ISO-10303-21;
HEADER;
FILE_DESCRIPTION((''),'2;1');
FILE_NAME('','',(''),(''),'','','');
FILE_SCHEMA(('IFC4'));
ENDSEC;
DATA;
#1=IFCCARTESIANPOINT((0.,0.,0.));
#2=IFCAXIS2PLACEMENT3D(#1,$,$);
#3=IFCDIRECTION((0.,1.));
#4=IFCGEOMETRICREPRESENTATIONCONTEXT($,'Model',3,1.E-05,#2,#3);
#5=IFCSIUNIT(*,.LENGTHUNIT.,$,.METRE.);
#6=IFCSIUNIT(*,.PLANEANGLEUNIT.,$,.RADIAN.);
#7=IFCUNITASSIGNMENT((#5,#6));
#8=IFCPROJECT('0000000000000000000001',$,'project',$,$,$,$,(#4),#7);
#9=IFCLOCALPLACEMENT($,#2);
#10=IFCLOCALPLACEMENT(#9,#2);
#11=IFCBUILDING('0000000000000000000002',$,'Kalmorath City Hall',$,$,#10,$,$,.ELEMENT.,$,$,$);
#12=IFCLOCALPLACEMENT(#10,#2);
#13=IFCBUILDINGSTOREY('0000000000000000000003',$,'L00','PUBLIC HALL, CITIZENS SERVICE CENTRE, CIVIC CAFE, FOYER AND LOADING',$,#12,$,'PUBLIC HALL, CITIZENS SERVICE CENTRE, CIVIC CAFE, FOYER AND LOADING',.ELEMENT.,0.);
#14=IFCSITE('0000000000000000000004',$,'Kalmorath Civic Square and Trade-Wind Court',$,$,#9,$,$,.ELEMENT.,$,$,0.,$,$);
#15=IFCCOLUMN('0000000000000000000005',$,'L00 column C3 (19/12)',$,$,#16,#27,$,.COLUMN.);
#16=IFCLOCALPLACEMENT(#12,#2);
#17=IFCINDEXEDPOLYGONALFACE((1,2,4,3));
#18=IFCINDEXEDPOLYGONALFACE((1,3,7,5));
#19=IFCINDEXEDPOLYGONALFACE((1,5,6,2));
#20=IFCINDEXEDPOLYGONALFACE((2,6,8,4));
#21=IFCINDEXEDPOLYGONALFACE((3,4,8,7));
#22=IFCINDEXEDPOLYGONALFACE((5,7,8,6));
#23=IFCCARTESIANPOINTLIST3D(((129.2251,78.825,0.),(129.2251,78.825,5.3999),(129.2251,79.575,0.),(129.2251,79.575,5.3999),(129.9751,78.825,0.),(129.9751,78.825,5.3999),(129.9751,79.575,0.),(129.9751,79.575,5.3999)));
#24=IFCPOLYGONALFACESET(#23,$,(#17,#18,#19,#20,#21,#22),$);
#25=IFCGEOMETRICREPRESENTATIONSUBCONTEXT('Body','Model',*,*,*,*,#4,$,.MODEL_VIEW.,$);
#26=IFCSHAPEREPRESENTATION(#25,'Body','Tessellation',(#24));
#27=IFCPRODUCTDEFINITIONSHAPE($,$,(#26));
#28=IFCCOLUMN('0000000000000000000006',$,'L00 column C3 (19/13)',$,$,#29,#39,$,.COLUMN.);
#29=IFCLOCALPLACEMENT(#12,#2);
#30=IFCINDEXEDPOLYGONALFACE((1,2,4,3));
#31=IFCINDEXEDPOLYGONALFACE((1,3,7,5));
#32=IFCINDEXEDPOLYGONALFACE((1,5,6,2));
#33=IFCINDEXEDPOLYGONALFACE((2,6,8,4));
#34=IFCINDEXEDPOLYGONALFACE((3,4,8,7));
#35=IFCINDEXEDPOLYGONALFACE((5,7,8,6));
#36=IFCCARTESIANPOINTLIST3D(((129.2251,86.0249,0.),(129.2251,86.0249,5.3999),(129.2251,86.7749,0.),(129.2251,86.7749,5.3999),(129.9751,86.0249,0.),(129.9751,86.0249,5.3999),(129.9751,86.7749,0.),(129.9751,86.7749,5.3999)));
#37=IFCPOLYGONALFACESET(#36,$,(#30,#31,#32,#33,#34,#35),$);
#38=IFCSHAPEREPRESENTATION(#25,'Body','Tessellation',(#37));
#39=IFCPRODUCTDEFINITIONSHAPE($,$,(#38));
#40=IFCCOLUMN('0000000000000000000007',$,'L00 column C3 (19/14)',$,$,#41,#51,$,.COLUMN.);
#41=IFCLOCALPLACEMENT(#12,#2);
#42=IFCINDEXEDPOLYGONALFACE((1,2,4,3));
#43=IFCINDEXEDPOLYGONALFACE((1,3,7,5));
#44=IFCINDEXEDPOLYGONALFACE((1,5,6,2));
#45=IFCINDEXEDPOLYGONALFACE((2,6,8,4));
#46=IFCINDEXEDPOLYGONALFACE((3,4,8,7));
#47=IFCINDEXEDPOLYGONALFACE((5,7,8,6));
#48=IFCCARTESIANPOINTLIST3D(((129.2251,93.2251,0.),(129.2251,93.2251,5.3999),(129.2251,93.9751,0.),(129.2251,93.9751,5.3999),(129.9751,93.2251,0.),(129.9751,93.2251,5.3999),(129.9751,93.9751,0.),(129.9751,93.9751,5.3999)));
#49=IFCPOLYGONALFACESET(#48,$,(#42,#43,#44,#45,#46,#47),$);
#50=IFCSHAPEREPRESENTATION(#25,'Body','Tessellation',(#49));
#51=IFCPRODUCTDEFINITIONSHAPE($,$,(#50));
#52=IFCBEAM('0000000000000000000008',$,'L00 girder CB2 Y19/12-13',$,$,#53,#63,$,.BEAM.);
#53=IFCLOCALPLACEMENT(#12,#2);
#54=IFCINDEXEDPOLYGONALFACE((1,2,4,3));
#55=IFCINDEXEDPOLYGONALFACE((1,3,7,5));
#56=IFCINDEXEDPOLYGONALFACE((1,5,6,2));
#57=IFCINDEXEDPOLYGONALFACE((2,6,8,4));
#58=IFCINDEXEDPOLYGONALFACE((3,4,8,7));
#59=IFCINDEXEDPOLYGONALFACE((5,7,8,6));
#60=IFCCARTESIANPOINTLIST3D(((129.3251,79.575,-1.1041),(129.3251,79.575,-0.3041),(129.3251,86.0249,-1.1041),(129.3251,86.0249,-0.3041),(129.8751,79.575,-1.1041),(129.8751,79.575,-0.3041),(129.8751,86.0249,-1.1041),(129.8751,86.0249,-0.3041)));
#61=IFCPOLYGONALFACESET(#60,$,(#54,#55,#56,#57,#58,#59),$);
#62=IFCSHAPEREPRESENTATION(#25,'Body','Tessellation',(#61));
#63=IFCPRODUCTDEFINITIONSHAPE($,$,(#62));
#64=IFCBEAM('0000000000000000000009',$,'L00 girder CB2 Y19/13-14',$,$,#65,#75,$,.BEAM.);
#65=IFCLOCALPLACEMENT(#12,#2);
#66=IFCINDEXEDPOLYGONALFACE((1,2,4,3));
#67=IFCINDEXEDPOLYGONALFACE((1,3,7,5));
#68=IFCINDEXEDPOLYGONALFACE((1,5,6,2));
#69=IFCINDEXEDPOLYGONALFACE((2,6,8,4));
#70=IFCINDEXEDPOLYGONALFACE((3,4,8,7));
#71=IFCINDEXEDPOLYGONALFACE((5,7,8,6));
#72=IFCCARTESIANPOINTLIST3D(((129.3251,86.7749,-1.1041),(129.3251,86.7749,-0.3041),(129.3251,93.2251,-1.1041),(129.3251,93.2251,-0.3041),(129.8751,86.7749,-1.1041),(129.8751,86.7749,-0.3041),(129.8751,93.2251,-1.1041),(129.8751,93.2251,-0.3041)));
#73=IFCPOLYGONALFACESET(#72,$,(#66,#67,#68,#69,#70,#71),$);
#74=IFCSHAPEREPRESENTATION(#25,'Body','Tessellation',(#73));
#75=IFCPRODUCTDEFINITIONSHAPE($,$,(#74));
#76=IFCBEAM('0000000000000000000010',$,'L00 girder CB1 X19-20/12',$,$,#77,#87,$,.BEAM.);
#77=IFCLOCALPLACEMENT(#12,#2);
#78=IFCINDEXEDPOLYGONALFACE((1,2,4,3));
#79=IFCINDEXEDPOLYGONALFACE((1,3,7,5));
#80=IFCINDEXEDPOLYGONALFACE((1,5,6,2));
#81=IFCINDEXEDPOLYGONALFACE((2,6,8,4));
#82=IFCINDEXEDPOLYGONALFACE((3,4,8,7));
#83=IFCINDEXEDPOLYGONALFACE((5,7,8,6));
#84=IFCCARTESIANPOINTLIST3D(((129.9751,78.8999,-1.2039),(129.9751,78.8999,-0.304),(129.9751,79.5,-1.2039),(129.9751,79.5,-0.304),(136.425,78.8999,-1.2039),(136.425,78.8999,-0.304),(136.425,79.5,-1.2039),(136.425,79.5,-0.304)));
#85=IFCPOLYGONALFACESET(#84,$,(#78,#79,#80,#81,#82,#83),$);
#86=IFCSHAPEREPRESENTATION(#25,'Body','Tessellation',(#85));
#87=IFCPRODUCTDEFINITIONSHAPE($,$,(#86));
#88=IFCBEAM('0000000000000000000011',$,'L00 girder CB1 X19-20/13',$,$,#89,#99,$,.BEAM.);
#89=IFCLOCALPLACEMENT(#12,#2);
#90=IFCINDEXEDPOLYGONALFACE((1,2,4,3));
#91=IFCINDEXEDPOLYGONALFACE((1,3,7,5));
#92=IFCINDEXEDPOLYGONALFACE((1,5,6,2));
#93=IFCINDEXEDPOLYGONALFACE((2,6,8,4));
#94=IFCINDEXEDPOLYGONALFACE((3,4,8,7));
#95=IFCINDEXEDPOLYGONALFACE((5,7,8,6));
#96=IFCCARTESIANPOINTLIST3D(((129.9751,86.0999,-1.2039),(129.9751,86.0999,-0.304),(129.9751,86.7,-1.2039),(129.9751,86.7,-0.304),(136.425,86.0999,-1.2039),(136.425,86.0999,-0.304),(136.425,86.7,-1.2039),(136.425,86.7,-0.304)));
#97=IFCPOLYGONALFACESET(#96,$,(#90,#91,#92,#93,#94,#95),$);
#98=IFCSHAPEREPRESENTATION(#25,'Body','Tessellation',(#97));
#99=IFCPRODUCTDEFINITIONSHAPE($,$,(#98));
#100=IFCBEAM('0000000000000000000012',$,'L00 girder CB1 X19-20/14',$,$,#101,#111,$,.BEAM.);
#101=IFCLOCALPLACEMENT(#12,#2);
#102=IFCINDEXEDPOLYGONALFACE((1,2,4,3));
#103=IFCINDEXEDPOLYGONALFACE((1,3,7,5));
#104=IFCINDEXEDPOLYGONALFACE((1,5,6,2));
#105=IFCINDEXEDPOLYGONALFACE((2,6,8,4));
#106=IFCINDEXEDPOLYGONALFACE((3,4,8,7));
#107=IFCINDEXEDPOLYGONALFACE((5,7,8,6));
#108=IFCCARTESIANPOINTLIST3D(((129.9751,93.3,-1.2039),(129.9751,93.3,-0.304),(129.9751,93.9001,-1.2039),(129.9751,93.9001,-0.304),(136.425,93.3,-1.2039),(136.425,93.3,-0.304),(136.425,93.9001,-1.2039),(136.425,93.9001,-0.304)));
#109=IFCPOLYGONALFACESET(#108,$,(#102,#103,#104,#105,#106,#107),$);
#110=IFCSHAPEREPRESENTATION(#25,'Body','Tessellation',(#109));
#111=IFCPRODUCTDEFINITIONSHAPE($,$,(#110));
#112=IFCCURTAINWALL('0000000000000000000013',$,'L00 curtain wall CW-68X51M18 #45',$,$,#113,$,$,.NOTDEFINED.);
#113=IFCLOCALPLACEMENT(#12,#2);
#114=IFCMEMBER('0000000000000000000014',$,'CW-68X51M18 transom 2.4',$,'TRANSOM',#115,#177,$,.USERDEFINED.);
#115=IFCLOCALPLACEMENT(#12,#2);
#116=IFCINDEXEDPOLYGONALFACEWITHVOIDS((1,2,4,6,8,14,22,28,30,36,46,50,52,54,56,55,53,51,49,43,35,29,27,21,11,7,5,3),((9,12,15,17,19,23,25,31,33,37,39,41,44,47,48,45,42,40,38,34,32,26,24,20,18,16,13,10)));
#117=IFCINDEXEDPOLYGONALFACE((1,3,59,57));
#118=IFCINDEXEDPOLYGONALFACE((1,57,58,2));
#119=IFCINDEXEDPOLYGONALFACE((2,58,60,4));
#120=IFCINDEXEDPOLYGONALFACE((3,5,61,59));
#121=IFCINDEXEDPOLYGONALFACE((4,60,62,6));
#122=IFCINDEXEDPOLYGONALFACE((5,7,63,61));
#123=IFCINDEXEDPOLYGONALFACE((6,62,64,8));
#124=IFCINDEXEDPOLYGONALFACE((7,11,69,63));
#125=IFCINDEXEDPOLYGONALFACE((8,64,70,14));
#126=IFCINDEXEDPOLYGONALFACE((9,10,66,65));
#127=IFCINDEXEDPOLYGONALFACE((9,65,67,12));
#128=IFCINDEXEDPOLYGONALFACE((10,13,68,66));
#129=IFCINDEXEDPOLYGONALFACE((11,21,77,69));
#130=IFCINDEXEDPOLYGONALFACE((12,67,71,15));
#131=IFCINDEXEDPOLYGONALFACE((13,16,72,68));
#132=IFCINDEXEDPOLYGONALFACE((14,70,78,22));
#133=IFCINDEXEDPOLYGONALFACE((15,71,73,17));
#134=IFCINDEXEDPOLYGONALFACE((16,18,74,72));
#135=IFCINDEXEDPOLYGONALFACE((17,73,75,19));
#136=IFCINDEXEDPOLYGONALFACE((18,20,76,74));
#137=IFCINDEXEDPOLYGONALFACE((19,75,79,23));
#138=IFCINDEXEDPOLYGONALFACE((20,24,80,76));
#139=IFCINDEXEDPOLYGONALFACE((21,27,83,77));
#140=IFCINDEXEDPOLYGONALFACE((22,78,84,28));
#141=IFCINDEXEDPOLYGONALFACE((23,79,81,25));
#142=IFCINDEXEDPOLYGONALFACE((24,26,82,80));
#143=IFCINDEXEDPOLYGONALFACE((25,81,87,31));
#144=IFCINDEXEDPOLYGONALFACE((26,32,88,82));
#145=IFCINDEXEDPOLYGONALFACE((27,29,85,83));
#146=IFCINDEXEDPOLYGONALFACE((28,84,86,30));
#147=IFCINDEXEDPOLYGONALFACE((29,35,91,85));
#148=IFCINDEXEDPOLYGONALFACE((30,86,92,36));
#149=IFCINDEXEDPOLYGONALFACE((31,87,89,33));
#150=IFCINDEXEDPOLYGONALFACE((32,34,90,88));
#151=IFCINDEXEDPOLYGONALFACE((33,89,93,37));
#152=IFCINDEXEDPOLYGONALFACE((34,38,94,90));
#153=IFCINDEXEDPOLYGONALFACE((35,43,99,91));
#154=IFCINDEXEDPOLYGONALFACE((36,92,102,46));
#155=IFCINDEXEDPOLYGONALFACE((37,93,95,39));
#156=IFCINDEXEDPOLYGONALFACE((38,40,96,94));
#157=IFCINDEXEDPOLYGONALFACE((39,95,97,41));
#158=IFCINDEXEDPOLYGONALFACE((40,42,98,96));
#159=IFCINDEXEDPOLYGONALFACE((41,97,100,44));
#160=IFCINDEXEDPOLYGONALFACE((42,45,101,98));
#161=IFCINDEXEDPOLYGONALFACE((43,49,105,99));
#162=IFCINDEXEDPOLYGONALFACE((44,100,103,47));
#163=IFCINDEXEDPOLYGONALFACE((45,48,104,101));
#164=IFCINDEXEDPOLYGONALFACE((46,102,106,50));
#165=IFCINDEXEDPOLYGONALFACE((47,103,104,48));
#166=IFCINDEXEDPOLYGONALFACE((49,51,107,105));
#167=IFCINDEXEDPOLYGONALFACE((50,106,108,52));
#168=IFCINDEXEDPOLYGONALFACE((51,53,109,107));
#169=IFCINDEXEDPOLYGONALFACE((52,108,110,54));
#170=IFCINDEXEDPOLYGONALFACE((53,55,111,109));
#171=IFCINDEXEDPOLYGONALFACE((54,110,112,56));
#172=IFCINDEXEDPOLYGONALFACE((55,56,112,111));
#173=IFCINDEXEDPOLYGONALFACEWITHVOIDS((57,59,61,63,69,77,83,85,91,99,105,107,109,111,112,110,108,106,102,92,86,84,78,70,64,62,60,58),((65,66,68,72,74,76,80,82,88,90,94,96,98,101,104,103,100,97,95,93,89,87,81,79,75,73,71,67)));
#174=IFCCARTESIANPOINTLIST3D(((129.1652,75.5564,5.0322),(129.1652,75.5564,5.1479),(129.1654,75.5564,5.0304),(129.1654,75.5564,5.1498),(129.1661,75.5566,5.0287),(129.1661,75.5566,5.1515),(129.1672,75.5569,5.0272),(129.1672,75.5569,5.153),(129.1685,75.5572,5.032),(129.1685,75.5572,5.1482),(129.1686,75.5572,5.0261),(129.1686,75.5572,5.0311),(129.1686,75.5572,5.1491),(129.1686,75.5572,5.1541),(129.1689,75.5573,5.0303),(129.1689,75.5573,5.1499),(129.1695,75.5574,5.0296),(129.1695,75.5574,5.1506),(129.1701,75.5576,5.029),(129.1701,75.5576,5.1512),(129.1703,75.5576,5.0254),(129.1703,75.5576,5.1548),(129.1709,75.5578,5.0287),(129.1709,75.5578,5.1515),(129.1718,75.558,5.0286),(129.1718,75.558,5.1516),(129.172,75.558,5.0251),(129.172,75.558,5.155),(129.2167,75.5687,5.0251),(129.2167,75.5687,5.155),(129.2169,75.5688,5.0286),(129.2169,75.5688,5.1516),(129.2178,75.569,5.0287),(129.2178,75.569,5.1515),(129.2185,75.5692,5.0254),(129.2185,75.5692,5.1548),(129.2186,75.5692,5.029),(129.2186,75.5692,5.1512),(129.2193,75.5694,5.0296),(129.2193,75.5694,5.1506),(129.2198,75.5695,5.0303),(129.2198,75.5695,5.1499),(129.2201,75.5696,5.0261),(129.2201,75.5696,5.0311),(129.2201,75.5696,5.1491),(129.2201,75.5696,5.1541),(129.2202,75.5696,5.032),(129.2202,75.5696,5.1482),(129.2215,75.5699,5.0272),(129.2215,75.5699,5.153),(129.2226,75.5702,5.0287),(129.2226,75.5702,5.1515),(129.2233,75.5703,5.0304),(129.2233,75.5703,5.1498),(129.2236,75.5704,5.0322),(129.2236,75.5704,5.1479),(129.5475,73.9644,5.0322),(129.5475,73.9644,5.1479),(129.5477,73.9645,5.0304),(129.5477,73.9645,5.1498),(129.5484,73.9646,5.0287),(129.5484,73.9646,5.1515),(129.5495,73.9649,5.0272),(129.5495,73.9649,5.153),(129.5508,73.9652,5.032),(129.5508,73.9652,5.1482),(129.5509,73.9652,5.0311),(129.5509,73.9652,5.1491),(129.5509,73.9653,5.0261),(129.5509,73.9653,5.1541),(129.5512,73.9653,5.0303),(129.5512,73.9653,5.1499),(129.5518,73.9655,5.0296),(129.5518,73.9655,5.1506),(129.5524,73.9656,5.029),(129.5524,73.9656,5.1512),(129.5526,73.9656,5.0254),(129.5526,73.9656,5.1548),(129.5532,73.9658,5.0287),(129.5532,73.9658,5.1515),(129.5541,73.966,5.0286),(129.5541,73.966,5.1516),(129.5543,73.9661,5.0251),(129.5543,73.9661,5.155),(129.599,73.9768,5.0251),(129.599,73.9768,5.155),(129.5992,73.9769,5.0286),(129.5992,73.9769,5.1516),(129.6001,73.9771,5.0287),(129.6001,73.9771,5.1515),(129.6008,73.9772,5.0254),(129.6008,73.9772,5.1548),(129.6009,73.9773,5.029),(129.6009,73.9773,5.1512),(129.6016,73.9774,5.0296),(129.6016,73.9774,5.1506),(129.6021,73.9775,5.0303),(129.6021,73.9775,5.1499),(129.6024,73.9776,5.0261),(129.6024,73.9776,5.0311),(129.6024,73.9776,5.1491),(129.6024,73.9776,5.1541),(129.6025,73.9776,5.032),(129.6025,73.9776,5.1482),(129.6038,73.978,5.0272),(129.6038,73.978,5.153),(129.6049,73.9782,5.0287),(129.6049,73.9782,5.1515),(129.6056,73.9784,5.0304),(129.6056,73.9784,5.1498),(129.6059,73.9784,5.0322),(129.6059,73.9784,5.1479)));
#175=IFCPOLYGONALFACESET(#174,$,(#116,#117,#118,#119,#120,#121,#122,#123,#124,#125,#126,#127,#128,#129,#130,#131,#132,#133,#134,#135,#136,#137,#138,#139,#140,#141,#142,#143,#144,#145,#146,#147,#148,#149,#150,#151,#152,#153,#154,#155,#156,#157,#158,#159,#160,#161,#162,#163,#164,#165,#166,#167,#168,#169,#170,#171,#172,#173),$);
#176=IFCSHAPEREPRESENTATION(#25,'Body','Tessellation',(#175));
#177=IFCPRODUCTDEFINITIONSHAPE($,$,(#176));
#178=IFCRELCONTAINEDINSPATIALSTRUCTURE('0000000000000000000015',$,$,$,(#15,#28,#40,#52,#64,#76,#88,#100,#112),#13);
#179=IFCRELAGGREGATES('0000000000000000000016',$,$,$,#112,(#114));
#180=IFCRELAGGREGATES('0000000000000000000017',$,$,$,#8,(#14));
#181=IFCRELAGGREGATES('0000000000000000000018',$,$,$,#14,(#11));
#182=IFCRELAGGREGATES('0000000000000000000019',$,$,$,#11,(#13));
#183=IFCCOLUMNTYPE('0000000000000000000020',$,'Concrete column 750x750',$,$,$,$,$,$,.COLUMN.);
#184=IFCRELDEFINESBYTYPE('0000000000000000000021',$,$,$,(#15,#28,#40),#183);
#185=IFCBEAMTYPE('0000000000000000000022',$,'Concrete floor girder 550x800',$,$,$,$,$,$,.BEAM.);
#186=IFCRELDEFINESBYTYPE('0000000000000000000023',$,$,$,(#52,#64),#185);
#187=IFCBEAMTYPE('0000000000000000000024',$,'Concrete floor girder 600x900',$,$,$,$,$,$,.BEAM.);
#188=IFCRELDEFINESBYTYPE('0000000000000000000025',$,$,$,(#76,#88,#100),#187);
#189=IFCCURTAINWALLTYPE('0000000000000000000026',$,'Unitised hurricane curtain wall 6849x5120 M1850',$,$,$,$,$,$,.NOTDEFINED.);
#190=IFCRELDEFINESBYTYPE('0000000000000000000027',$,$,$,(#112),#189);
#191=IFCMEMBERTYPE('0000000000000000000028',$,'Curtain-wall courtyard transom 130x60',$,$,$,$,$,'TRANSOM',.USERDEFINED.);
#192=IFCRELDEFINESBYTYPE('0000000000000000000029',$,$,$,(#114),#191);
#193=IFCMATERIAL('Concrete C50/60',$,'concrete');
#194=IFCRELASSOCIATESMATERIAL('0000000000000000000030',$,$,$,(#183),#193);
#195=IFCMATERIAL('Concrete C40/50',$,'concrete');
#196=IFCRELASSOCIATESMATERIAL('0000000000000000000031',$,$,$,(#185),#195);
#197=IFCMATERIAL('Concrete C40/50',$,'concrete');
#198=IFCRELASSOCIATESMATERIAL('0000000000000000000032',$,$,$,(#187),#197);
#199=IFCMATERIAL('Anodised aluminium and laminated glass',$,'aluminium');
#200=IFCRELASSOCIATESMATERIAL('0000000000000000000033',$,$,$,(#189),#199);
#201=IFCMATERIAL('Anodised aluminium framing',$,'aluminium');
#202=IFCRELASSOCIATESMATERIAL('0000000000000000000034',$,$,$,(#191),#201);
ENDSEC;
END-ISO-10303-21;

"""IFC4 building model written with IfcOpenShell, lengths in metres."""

from ifc_helpers import new_model, si_unit, direction, frame, origin, origin_2d, place, context, subcontext, project, spatial, rectangle, hollow_rectangle, extrude, material, material_profile, profile_set, type_object, element, aggregate, save


model = new_model("IFC4")

# Units and contexts
model_context = context("Model", 3, precision=1e-05, world=origin(), true_north=direction((0.0, 1.0)))
body_context = subcontext(model_context, "Body", "Model", "MODEL_VIEW")
ifc_project = project(units=[si_unit("LENGTHUNIT", "METRE"), si_unit("PLANEANGLEUNIT", "RADIAN")], contexts=[model_context])

# Site, building, storey
site_placement = place(None, origin())
site = spatial("IfcSite", under=ifc_project, at=site_placement, Name="Kalmorath Civic Square and Trade-Wind Court", CompositionType="ELEMENT", RefElevation=0.0)
building_placement = place(site_placement, origin())
building = spatial("IfcBuilding", under=site, at=building_placement, Name="Kalmorath City Hall", CompositionType="ELEMENT")
storey_placement = place(building_placement, origin())
storey = spatial("IfcBuildingStorey", under=building, at=storey_placement, Name="L00", Description="PUBLIC HALL, CITIZENS SERVICE CENTRE, CIVIC CAFE, FOYER AND LOADING", LongName="PUBLIC HALL, CITIZENS SERVICE CENTRE, CIVIC CAFE, FOYER AND LOADING", CompositionType="ELEMENT", Elevation=0.0)

# Columns
ifc_material_1 = material(Name="Concrete C50/60", Category="concrete")
ifc_material_profile_1 = material_profile(ifc_material_1, rectangle(XDim=0.75, YDim=0.75, at=origin_2d()), Name="RC-COL-750X750")
ifc_profile_set_1 = profile_set([ifc_material_profile_1], Name="Concrete C50/60")
column_type = type_object("IfcColumnType", Name="Concrete column 750x750", PredefinedType="COLUMN", material=ifc_profile_set_1)
for number, where, z_axis, x_axis, name in (
    (1, (129.6001, 79.2, 0.0), (0.0, 0.0, 1.0), (1.0, 0.0, 0.0), "L00 column C3 (19/12)"),
    (2, (129.6001, 86.3999, 0.0), (0.0, 0.0, 1.0), (1.0, 0.0, 0.0), "L00 column C3 (19/13)"),
    (3, (129.6001, 93.6001, 0.0), (0.0, 0.0, 1.0), (1.0, 0.0, 0.0), "L00 column C3 (19/14)"),
):
    element("IfcColumn", number, at=place(storey_placement, frame(where, z_axis=z_axis, x_axis=x_axis)), inside=storey, type_object=column_type, Name=name, PredefinedType="COLUMN", context=body_context, shape_type="SweptSolid", body=[
        extrude(rectangle(XDim=0.75, YDim=0.75, at=origin_2d()), origin(), (0.0, 0.0, 1.0), 5.3999),
    ])

# Beams
ifc_material_2 = material(Name="Concrete C40/50", Category="concrete")
ifc_material_profile_2 = material_profile(ifc_material_2, rectangle(XDim=0.55, YDim=0.8, at=origin_2d()), Name="RC-BM-550X800")
ifc_profile_set_2 = profile_set([ifc_material_profile_2], Name="Concrete C40/50")
beam_type_1 = type_object("IfcBeamType", Name="Concrete floor girder 550x800", PredefinedType="BEAM", material=ifc_profile_set_2)
beam_1_placement = place(storey_placement, frame((129.6001, 79.575, -0.7041), z_axis=(0.0, 1.0, 0.0), x_axis=(-1.0, 0.0, 0.0)))
element("IfcBeam", 4, at=beam_1_placement, inside=storey, type_object=beam_type_1, Name="L00 girder CB2 Y19/12-13", PredefinedType="BEAM", context=body_context, shape_type="SweptSolid", body=[
    extrude(rectangle(XDim=0.55, YDim=0.8, at=origin_2d()), origin(), (0.0, 0.0, 1.0), 6.45),
])
beam_2_placement = place(storey_placement, frame((129.6001, 86.7749, -0.7041), z_axis=(0.0, 1.0, 0.0), x_axis=(-1.0, 0.0, 0.0)))
element("IfcBeam", 5, at=beam_2_placement, inside=storey, type_object=beam_type_1, Name="L00 girder CB2 Y19/13-14", PredefinedType="BEAM", context=body_context, shape_type="SweptSolid", body=[
    extrude(rectangle(XDim=0.55, YDim=0.8, at=origin_2d()), origin(), (0.0, 0.0, 1.0), 6.4502),
])
ifc_material_3 = material(Name="Concrete C40/50", Category="concrete")
ifc_material_profile_3 = material_profile(ifc_material_3, rectangle(XDim=0.6001, YDim=0.8999, at=origin_2d()), Name="RC-BM-600X900")
ifc_profile_set_3 = profile_set([ifc_material_profile_3], Name="Concrete C40/50")
beam_type_2 = type_object("IfcBeamType", Name="Concrete floor girder 600x900", PredefinedType="BEAM", material=ifc_profile_set_3)
for number, where, z_axis, x_axis, name in (
    (6, (129.9751, 79.2, -0.7539), (1.0, 0.0, 0.0), (0.0, 1.0, 0.0), "L00 girder CB1 X19-20/12"),
    (7, (129.9751, 86.3999, -0.7539), (1.0, 0.0, 0.0), (0.0, 1.0, 0.0), "L00 girder CB1 X19-20/13"),
    (8, (129.9751, 93.6001, -0.7539), (1.0, 0.0, 0.0), (0.0, 1.0, 0.0), "L00 girder CB1 X19-20/14"),
):
    element("IfcBeam", number, at=place(storey_placement, frame(where, z_axis=z_axis, x_axis=x_axis)), inside=storey, type_object=beam_type_2, Name=name, PredefinedType="BEAM", context=body_context, shape_type="SweptSolid", body=[
        extrude(rectangle(XDim=0.6001, YDim=0.8999, at=origin_2d()), origin(), (0.0, 0.0, 1.0), 6.45),
    ])

# Curtain wall, member
ifc_material_4 = material(Name="Anodised aluminium and laminated glass", Category="aluminium")
curtain_wall_type = type_object("IfcCurtainWallType", Name="Unitised hurricane curtain wall 6849x5120 M1850", PredefinedType="NOTDEFINED", material=ifc_material_4)
curtain_wall_placement = place(storey_placement, origin())
curtain_wall = element("IfcCurtainWall", 9, at=curtain_wall_placement, inside=storey, type_object=curtain_wall_type, Name="L00 curtain wall CW-68X51M18 #45", PredefinedType="NOTDEFINED")
ifc_material_5 = material(Name="Anodised aluminium framing", Category="aluminium")
ifc_material_profile_4 = material_profile(ifc_material_5, hollow_rectangle(XDim=0.0601, YDim=0.1299, WallThickness=0.0034, InnerFilletRadius=0.0034, OuterFilletRadius=0.0071, at=origin_2d()), Name="ALU-TRN-130X60X3.5")
ifc_profile_set_4 = profile_set([ifc_material_profile_4], Name="Anodised aluminium framing")
member_type_1 = type_object("IfcMemberType", Name="Curtain-wall courtyard transom 130x60", ElementType="TRANSOM", PredefinedType="USERDEFINED", material=ifc_profile_set_4)
member_1_placement = place(storey_placement, frame((129.5767, 73.9714, 5.0901), z_axis=(-0.233508, 0.972355, 0.0), x_axis=(-0.972355, -0.233508, 0.0)))
member_1 = element("IfcMember", 10, at=member_1_placement, type_object=member_type_1, Name="CW-68X51M18 transom 2.4", ObjectType="TRANSOM", PredefinedType="USERDEFINED", context=body_context, shape_type="SweptSolid", body=[
    extrude(hollow_rectangle(XDim=0.0601, YDim=0.1299, WallThickness=0.0034, InnerFilletRadius=0.0034, OuterFilletRadius=0.0071, at=origin_2d()), origin(), (0.0, 0.0, 1.0), 1.6372),
])

aggregate(curtain_wall, [member_1])

save(model, "model.ifc")
